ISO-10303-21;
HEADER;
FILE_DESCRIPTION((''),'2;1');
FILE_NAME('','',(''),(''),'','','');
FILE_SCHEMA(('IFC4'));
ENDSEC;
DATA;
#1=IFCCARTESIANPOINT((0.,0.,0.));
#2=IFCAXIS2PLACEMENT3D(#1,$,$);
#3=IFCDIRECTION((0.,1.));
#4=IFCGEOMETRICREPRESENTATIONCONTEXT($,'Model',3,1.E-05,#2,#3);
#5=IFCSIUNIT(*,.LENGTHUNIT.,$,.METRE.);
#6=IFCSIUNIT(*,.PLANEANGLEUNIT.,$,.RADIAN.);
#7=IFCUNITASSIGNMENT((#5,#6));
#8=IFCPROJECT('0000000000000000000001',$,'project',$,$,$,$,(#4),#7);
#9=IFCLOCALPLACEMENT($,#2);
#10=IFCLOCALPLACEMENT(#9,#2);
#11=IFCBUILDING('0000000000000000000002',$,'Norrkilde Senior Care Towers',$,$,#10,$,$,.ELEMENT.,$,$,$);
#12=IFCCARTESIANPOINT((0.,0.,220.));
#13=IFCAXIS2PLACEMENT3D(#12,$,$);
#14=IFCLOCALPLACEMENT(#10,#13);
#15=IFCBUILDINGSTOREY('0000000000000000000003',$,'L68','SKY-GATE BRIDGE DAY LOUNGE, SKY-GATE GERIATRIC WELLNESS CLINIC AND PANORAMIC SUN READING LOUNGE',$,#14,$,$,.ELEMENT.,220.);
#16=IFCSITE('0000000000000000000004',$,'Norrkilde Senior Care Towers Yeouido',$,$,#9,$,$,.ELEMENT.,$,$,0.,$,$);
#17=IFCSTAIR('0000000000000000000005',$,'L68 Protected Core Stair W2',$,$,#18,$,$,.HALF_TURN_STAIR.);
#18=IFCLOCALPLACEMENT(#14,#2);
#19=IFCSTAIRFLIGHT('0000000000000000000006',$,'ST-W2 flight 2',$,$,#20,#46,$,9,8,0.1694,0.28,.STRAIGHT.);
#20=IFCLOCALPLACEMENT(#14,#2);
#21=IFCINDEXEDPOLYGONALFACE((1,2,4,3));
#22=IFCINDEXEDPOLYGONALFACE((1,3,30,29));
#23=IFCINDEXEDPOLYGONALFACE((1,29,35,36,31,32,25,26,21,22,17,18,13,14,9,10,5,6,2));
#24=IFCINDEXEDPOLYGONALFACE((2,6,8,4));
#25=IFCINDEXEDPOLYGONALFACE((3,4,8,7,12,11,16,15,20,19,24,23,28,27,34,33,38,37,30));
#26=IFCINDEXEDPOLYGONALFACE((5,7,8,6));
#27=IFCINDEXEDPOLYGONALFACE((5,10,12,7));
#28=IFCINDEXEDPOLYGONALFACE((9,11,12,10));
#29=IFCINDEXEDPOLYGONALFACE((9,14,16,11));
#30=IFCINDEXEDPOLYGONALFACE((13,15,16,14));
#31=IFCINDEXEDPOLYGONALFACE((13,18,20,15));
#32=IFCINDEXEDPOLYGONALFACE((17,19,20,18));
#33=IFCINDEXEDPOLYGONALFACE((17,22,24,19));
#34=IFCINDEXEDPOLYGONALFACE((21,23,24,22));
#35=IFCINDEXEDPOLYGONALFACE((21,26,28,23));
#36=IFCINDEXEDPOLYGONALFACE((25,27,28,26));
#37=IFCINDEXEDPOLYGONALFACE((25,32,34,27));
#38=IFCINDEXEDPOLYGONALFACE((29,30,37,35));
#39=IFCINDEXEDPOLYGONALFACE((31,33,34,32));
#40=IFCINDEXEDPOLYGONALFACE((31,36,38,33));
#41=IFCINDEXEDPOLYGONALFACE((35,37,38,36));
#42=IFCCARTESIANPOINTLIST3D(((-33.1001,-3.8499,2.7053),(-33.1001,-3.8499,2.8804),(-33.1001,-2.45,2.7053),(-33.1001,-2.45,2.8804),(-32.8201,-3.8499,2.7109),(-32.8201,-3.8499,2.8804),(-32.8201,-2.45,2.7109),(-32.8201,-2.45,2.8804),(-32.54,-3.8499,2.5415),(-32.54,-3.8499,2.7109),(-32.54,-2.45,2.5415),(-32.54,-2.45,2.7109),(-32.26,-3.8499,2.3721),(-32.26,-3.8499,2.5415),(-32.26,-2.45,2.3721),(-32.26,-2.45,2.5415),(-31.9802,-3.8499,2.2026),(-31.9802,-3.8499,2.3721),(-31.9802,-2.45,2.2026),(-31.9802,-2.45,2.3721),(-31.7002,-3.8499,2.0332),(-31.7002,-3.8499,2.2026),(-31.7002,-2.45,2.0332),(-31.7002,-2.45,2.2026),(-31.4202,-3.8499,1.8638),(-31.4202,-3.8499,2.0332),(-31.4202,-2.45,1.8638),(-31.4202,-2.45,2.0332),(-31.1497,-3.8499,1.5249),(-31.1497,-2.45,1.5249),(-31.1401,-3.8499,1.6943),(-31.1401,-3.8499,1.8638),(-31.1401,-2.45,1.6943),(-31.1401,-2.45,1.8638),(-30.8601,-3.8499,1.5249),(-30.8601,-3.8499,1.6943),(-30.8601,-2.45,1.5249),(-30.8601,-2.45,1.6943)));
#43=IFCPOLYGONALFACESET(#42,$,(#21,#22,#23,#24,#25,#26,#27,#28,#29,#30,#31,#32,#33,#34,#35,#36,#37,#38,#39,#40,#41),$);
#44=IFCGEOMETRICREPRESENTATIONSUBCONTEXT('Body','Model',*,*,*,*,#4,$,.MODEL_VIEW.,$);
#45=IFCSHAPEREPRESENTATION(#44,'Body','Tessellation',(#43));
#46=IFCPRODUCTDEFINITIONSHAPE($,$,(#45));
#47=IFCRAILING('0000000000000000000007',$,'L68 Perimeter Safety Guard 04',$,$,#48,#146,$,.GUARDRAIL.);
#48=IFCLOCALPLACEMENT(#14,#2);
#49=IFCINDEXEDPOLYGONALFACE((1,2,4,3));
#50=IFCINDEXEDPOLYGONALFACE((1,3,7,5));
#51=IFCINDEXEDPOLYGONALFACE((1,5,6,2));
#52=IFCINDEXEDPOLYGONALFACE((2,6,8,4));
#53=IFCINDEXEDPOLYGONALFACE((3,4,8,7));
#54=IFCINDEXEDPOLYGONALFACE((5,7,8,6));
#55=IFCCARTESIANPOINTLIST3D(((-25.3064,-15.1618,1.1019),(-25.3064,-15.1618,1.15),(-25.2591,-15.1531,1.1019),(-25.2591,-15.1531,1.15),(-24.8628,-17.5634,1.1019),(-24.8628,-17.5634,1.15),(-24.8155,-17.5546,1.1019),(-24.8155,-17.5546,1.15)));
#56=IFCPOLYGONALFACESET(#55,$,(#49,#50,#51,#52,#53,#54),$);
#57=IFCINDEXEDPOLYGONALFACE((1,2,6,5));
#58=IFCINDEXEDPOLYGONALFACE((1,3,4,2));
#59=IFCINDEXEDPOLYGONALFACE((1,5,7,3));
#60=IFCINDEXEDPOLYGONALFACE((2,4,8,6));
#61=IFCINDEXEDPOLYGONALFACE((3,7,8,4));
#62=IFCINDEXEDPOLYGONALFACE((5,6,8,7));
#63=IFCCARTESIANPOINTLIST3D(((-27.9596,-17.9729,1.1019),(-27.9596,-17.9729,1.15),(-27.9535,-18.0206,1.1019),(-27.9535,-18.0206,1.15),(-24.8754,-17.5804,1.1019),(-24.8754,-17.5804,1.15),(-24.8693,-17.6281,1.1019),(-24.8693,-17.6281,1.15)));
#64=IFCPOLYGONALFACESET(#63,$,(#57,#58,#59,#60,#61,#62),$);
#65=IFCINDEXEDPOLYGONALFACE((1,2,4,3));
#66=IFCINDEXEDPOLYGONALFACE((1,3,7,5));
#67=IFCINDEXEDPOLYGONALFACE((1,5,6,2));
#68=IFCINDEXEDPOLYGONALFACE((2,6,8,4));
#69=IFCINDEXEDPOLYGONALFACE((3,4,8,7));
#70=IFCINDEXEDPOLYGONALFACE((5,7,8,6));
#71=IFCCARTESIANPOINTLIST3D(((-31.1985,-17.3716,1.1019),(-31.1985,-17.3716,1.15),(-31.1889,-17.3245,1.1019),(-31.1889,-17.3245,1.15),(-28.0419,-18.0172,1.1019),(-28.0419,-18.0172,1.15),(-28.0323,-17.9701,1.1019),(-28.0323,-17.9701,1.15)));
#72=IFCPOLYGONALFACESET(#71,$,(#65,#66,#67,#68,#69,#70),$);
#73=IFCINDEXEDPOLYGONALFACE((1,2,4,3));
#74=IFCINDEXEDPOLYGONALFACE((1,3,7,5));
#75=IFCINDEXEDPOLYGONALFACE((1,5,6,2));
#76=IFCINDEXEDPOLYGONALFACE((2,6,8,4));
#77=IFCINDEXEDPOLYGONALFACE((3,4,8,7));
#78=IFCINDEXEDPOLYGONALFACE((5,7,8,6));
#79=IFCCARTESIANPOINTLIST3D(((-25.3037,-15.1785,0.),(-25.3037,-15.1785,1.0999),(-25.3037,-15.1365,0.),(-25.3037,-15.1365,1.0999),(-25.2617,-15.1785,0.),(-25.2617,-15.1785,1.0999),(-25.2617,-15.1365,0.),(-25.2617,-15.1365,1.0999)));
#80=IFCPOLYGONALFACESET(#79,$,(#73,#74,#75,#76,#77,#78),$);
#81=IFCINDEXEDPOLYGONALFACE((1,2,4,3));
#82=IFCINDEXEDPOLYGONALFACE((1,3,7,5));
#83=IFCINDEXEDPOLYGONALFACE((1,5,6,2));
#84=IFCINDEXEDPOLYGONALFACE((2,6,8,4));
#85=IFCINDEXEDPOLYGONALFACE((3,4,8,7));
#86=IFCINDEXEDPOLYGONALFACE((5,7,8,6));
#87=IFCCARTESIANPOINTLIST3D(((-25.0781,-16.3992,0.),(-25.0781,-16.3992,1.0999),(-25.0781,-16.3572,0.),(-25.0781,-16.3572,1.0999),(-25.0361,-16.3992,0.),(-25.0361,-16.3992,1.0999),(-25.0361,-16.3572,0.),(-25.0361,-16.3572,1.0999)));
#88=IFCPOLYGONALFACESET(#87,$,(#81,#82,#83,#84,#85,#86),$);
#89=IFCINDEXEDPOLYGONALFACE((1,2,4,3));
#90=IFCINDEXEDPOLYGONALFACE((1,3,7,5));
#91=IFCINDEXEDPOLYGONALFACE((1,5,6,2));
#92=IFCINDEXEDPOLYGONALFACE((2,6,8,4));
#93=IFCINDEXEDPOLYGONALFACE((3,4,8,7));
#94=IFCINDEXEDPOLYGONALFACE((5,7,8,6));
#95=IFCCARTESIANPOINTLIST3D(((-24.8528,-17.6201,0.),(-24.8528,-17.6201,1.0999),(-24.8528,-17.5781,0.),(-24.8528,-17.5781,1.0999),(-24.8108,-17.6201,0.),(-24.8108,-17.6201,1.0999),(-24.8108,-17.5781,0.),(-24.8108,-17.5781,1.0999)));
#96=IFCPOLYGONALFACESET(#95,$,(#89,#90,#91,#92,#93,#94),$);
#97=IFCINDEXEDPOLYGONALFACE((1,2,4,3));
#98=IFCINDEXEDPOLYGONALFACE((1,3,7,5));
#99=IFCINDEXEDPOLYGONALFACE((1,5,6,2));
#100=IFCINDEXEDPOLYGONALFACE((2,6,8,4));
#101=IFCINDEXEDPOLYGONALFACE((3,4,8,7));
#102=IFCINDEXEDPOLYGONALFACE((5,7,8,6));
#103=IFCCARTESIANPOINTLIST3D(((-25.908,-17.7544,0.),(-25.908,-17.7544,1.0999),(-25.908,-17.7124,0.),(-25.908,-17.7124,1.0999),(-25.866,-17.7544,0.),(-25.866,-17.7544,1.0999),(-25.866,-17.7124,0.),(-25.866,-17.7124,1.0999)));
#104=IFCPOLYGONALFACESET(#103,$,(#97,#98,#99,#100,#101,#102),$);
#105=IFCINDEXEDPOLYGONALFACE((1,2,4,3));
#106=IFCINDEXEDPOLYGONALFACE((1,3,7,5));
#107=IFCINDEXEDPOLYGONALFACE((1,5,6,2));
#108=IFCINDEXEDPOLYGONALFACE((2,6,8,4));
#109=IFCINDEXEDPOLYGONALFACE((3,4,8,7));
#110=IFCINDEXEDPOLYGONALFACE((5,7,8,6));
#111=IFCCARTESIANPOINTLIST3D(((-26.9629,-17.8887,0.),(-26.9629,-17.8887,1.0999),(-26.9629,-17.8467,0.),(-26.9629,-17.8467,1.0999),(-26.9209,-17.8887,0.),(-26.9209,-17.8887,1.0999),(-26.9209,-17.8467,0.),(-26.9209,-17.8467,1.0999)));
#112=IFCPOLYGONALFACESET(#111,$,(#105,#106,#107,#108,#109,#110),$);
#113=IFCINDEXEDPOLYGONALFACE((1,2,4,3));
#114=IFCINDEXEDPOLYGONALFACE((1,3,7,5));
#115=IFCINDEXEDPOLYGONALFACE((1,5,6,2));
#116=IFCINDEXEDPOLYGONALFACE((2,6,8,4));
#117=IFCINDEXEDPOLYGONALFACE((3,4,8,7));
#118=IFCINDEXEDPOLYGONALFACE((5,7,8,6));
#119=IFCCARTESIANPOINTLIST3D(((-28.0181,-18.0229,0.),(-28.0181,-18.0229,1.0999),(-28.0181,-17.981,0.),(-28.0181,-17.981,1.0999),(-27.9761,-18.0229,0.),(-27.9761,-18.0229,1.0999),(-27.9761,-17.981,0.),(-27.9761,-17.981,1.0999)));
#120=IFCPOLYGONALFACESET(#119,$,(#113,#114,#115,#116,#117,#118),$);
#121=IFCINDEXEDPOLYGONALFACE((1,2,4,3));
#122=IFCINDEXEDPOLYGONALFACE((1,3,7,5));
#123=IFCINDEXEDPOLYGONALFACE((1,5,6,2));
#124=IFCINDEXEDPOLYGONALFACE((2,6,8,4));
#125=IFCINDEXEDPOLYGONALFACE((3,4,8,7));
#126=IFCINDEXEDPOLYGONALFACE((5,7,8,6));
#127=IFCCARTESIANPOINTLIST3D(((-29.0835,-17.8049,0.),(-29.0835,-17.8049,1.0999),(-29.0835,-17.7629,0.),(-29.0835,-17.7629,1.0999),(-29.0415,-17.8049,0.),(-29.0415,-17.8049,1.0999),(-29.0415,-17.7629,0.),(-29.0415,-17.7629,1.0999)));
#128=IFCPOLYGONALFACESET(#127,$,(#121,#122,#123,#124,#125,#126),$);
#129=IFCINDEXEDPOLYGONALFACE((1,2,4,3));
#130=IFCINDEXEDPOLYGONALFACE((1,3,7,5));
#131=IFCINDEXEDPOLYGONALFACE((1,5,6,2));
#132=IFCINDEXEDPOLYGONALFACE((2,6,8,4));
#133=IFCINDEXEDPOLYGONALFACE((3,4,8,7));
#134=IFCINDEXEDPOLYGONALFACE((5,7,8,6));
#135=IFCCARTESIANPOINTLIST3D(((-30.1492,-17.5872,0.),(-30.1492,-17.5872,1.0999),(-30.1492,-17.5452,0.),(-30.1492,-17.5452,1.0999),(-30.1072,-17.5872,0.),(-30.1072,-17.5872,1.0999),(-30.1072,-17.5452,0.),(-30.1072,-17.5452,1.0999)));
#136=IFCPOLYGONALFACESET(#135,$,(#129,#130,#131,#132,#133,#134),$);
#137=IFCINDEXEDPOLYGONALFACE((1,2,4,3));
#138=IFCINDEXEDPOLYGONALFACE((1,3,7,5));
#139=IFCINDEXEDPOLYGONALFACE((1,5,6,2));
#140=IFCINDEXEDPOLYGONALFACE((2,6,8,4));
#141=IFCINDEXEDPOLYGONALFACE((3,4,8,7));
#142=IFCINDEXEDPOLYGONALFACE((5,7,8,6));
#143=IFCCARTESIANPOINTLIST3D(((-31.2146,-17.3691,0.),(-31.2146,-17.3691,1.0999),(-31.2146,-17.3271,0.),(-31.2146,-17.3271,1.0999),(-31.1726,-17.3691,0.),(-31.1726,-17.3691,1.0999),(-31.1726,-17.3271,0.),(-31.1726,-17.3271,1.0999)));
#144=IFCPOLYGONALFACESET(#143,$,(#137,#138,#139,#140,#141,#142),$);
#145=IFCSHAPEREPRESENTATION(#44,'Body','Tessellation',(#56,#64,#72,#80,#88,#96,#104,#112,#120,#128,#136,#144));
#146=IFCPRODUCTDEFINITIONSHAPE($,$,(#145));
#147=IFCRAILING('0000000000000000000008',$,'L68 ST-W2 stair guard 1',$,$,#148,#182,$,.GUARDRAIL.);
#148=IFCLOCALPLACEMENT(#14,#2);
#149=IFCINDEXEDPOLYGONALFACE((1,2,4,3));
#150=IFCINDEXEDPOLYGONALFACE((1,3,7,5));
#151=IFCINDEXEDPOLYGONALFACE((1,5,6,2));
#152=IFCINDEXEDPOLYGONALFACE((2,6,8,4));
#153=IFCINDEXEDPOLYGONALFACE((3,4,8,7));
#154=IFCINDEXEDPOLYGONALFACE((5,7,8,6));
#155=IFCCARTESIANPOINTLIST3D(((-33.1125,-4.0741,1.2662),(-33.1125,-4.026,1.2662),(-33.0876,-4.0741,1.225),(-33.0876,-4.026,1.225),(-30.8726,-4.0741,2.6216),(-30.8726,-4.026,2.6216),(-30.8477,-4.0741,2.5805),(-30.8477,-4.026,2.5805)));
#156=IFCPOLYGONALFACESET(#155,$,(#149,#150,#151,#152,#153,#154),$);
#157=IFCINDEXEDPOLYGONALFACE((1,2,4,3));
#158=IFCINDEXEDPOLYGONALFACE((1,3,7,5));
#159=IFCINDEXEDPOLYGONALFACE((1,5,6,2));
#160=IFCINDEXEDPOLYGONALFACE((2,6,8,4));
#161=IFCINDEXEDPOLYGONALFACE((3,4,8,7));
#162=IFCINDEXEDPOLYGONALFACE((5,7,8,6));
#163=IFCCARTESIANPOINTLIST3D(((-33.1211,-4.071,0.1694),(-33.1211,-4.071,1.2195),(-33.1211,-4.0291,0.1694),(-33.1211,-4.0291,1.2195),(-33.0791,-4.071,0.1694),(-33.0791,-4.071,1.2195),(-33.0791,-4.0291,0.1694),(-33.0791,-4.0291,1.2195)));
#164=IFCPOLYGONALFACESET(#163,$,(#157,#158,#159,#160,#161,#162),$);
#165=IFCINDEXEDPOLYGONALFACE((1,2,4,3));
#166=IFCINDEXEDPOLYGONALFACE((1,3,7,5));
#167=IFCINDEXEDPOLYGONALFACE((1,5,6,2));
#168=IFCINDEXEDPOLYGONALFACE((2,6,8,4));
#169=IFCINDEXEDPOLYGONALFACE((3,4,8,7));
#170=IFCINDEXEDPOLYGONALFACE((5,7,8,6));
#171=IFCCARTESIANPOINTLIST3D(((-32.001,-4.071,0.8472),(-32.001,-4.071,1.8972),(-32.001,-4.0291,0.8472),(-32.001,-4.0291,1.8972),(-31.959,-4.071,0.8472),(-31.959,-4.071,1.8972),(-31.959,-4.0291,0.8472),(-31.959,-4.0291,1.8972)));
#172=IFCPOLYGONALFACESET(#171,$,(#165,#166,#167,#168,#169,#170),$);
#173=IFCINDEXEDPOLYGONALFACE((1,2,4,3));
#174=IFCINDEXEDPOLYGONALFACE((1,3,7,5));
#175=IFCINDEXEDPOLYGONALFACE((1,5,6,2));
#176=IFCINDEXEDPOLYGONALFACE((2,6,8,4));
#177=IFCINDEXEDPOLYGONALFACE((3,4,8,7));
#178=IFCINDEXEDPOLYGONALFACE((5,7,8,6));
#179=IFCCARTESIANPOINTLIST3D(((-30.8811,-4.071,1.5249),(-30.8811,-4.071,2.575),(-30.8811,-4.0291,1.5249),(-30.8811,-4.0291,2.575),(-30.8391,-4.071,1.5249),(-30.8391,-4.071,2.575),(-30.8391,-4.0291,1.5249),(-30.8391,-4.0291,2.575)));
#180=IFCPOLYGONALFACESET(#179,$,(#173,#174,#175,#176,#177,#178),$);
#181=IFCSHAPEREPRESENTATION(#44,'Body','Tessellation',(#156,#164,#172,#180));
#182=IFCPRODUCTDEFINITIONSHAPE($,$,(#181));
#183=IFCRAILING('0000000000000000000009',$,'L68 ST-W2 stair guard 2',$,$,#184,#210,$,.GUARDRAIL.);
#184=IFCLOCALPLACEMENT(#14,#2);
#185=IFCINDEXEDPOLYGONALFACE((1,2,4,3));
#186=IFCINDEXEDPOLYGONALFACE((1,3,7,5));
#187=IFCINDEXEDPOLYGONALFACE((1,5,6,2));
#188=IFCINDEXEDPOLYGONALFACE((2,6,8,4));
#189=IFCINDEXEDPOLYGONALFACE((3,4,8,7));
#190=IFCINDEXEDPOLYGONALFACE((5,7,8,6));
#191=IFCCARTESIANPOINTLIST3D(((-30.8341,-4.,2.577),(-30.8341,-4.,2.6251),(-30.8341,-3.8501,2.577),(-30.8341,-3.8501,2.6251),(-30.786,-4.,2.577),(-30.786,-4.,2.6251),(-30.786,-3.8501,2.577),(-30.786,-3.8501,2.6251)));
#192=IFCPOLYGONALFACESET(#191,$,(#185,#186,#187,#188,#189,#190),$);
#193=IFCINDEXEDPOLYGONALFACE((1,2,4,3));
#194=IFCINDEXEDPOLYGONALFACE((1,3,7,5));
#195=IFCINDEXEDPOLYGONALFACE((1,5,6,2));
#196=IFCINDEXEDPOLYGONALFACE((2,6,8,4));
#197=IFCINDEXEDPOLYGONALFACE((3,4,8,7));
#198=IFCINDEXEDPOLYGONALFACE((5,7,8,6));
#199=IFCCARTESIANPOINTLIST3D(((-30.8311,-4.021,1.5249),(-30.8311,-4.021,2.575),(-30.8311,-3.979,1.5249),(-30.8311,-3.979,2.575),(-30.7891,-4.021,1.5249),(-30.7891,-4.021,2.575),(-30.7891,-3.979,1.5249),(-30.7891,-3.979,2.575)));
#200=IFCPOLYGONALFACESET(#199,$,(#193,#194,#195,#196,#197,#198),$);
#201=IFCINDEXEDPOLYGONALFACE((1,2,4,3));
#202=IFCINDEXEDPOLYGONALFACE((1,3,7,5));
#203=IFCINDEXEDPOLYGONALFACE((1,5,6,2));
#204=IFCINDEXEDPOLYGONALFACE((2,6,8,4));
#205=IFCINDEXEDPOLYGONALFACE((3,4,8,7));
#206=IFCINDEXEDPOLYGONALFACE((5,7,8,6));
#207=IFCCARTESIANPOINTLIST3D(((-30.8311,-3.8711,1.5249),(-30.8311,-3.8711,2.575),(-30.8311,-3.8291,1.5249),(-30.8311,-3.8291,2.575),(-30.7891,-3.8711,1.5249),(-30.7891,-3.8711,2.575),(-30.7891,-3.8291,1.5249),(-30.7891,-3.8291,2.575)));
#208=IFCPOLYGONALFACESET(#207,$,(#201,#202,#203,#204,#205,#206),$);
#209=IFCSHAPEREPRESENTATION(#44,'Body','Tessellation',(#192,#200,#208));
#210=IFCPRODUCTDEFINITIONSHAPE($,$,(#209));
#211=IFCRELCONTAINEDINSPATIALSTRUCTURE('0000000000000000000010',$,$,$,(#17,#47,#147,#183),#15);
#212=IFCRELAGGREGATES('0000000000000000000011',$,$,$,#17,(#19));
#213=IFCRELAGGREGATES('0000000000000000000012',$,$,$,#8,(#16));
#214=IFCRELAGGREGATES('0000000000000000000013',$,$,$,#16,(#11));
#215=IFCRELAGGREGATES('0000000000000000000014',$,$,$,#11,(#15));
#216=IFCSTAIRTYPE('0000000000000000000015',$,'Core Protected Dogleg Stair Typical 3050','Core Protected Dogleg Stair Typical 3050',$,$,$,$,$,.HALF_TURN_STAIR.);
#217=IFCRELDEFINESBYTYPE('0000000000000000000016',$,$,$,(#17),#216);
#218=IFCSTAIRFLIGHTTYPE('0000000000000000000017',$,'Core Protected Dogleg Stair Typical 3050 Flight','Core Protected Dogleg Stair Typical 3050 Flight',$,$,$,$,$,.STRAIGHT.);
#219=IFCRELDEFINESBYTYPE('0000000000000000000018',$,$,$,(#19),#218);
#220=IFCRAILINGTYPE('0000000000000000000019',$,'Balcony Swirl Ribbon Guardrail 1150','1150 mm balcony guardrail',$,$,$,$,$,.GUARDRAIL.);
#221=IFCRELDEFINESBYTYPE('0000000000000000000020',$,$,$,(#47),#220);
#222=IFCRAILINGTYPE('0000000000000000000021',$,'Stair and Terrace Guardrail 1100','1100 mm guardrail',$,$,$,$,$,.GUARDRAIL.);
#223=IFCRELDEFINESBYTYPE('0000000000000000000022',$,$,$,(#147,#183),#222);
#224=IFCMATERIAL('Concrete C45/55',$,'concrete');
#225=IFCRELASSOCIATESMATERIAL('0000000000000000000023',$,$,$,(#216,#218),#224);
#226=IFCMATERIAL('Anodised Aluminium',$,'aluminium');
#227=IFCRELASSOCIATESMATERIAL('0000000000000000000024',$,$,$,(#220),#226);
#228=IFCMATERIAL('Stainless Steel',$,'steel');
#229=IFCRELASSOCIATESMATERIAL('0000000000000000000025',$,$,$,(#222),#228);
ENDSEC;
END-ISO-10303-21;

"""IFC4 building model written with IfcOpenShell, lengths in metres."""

from ifc_helpers import new_model, si_unit, direction, frame, origin, origin_2d, place, context, subcontext, project, spatial, polyline, rectangle, outline, extrude, material, type_object, element, aggregate, save


model = new_model("IFC4")

# Units and contexts
model_context = context("Model", 3, precision=1e-05, world=origin(), true_north=direction((0.0, 1.0)))
body_context = subcontext(model_context, "Body", "Model", "MODEL_VIEW")
ifc_project = project(units=[si_unit("LENGTHUNIT", "METRE"), si_unit("PLANEANGLEUNIT", "RADIAN")], contexts=[model_context])

# Site, building, storey
site_placement = place(None, origin())
site = spatial("IfcSite", under=ifc_project, at=site_placement, Name="Norrkilde Senior Care Towers Yeouido", CompositionType="ELEMENT", RefElevation=0.0)
building_placement = place(site_placement, origin())
building = spatial("IfcBuilding", under=site, at=building_placement, Name="Norrkilde Senior Care Towers", CompositionType="ELEMENT")
storey_placement = place(building_placement, frame((0.0, 0.0, 220.0)))
storey = spatial("IfcBuildingStorey", under=building, at=storey_placement, Name="L68", Description="SKY-GATE BRIDGE DAY LOUNGE, SKY-GATE GERIATRIC WELLNESS CLINIC AND PANORAMIC SUN READING LOUNGE", CompositionType="ELEMENT", Elevation=220.0)

# Shared definitions
ifc_material_1 = material(Name="Anodised Aluminium", Category="aluminium")

# Shared definitions
ifc_material_2 = material(Name="Concrete C45/55", Category="concrete")

# Shared definitions
ifc_material_3 = material(Name="Stainless Steel", Category="steel")

# Stair, stair flight
stair_type = type_object("IfcStairType", Name="Core Protected Dogleg Stair Typical 3050", Description="Core Protected Dogleg Stair Typical 3050", PredefinedType="HALF_TURN_STAIR", material=ifc_material_2)
stair_placement = place(storey_placement, origin())
stair = element("IfcStair", 1, at=stair_placement, inside=storey, type_object=stair_type, Name="L68 Protected Core Stair W2", PredefinedType="HALF_TURN_STAIR")
stair_flight_type = type_object("IfcStairFlightType", Name="Core Protected Dogleg Stair Typical 3050 Flight", Description="Core Protected Dogleg Stair Typical 3050 Flight", PredefinedType="STRAIGHT", material=ifc_material_2)
stair_flight_1_placement = place(storey_placement, frame((-30.8601, -3.1499, 1.5249), z_axis=(0.0, 0.0, 1.0), x_axis=(-1.0, 0.0, 0.0)))
stair_flight_1 = element("IfcStairFlight", 2, at=stair_flight_1_placement, type_object=stair_flight_type, Name="ST-W2 flight 2", NumberOfRisers=9, NumberOfTreads=8, PredefinedType="STRAIGHT", RiserHeight=0.1694, TreadLength=0.28, context=body_context, shape_type="SweptSolid", body=[
    extrude(outline(polyline([(0.0, 0.0), (0.0, 0.1694), (0.28, 0.1694), (0.28, 0.3389), (0.5601, 0.3389), (0.5601, 0.5083), (0.8401, 0.5083), (0.8401, 0.6777), (1.1201, 0.6777), (1.1201, 0.8472), (1.3999, 0.8472), (1.3999, 1.0166), (1.6799, 1.0166), (1.6799, 1.186), (1.96, 1.186), (1.96, 1.3555), (2.24, 1.3555), (2.24, 1.5249), (2.24, 1.1804), (0.2896, 0.0), (0.0, 0.0)])), frame((0.0, 0.7, 0.0), z_axis=(0.0, -1.0, 0.0), x_axis=(1.0, 0.0, 0.0)), (0.0, 0.0, 1.0), 1.3999),
])
aggregate(stair, [stair_flight_1])

# Railings
railing_type_1 = type_object("IfcRailingType", Name="Balcony Swirl Ribbon Guardrail 1150", Description="1150 mm balcony guardrail", PredefinedType="GUARDRAIL", material=ifc_material_1)
railing_1_placement = place(storey_placement, frame((-25.2827, -15.1575, 0.0)))
element("IfcRailing", 3, at=railing_1_placement, inside=storey, type_object=railing_type_1, Name="L68 Perimeter Safety Guard 04", PredefinedType="GUARDRAIL", context=body_context, shape_type="SweptSolid", body=[
    extrude(rectangle(XDim=0.0481, YDim=0.0481, at=origin_2d()), frame((0.0, 0.0, 1.126), z_axis=(0.18161, -0.983371, 0.0), x_axis=(0.983371, 0.18161, 0.0)), (0.0, 0.0, 1.0), 2.4421),
    extrude(rectangle(XDim=0.0481, YDim=0.0481, at=origin_2d()), frame((0.4104, -2.4468, 1.126), z_axis=(-0.991999, -0.126247, 0.0), x_axis=(0.126247, -0.991999, 0.0)), (0.0, 0.0, 1.0), 3.1091),
    extrude(rectangle(XDim=0.0481, YDim=0.0481, at=origin_2d()), frame((-2.7544, -2.8362, 1.126), z_axis=(-0.979717, 0.200388, 0.0), x_axis=(-0.200388, -0.979717, 0.0)), (0.0, 0.0, 1.0), 3.2219),
    extrude(rectangle(XDim=0.042, YDim=0.042, at=origin_2d()), origin(), (0.0, 0.0, 1.0), 1.0999),
    extrude(rectangle(XDim=0.042, YDim=0.042, at=origin_2d()), frame((0.2256, -1.2207, 0.0)), (0.0, 0.0, 1.0), 1.0999),
    extrude(rectangle(XDim=0.042, YDim=0.042, at=origin_2d()), frame((0.4509, -2.4417, 0.0)), (0.0, 0.0, 1.0), 1.0999),
    extrude(rectangle(XDim=0.042, YDim=0.042, at=origin_2d()), frame((-0.6042, -2.5759, 0.0)), (0.0, 0.0, 1.0), 1.0999),
    extrude(rectangle(XDim=0.042, YDim=0.042, at=origin_2d()), frame((-1.6592, -2.7102, 0.0)), (0.0, 0.0, 1.0), 1.0999),
    extrude(rectangle(XDim=0.042, YDim=0.042, at=origin_2d()), frame((-2.7144, -2.8445, 0.0)), (0.0, 0.0, 1.0), 1.0999),
    extrude(rectangle(XDim=0.042, YDim=0.042, at=origin_2d()), frame((-3.7798, -2.6265, 0.0)), (0.0, 0.0, 1.0), 1.0999),
    extrude(rectangle(XDim=0.042, YDim=0.042, at=origin_2d()), frame((-4.8455, -2.4087, 0.0)), (0.0, 0.0, 1.0), 1.0999),
    extrude(rectangle(XDim=0.042, YDim=0.042, at=origin_2d()), frame((-5.9109, -2.1907, 0.0)), (0.0, 0.0, 1.0), 1.0999),
])
railing_type_2 = type_object("IfcRailingType", Name="Stair and Terrace Guardrail 1100", Description="1100 mm guardrail", PredefinedType="GUARDRAIL", material=ifc_material_3)
railing_2_placement = place(storey_placement, frame((-33.1001, -4.05, 0.1694)))
element("IfcRailing", 4, at=railing_2_placement, inside=storey, type_object=railing_type_2, Name="L68 ST-W2 stair guard 1", PredefinedType="GUARDRAIL", context=body_context, shape_type="SweptSolid", body=[
    extrude(rectangle(XDim=0.0481, YDim=0.0481, at=origin_2d()), frame((0.0, 0.0, 1.0762), z_axis=(0.855553, 0.0, 0.517715), x_axis=(0.0, 1.0, 0.0)), (0.0, 0.0, 1.0), 2.6182),
    extrude(rectangle(XDim=0.042, YDim=0.042, at=origin_2d()), origin(), (0.0, 0.0, 1.0), 1.05),
    extrude(rectangle(XDim=0.042, YDim=0.042, at=origin_2d()), frame((1.1201, 0.0, 0.6777)), (0.0, 0.0, 1.0), 1.05),
    extrude(rectangle(XDim=0.042, YDim=0.042, at=origin_2d()), frame((2.24, 0.0, 1.3555)), (0.0, 0.0, 1.0), 1.05),
])
railing_3_placement = place(storey_placement, frame((-30.8101, -4.0, 1.5249)))
element("IfcRailing", 5, at=railing_3_placement, inside=storey, type_object=railing_type_2, Name="L68 ST-W2 stair guard 2", PredefinedType="GUARDRAIL", context=body_context, shape_type="SweptSolid", body=[
    extrude(rectangle(XDim=0.0481, YDim=0.0481, at=origin_2d()), frame((0.0, 0.0, 1.0762), z_axis=(0.0, 1.0, 0.0), x_axis=(-1.0, 0.0, 0.0)), (0.0, 0.0, 1.0), 0.1499),
    extrude(rectangle(XDim=0.042, YDim=0.042, at=origin_2d()), origin(), (0.0, 0.0, 1.0), 1.05),
    extrude(rectangle(XDim=0.042, YDim=0.042, at=origin_2d()), frame((0.0, 0.1499, 0.0)), (0.0, 0.0, 1.0), 1.05),
])

save(model, "model.ifc")
